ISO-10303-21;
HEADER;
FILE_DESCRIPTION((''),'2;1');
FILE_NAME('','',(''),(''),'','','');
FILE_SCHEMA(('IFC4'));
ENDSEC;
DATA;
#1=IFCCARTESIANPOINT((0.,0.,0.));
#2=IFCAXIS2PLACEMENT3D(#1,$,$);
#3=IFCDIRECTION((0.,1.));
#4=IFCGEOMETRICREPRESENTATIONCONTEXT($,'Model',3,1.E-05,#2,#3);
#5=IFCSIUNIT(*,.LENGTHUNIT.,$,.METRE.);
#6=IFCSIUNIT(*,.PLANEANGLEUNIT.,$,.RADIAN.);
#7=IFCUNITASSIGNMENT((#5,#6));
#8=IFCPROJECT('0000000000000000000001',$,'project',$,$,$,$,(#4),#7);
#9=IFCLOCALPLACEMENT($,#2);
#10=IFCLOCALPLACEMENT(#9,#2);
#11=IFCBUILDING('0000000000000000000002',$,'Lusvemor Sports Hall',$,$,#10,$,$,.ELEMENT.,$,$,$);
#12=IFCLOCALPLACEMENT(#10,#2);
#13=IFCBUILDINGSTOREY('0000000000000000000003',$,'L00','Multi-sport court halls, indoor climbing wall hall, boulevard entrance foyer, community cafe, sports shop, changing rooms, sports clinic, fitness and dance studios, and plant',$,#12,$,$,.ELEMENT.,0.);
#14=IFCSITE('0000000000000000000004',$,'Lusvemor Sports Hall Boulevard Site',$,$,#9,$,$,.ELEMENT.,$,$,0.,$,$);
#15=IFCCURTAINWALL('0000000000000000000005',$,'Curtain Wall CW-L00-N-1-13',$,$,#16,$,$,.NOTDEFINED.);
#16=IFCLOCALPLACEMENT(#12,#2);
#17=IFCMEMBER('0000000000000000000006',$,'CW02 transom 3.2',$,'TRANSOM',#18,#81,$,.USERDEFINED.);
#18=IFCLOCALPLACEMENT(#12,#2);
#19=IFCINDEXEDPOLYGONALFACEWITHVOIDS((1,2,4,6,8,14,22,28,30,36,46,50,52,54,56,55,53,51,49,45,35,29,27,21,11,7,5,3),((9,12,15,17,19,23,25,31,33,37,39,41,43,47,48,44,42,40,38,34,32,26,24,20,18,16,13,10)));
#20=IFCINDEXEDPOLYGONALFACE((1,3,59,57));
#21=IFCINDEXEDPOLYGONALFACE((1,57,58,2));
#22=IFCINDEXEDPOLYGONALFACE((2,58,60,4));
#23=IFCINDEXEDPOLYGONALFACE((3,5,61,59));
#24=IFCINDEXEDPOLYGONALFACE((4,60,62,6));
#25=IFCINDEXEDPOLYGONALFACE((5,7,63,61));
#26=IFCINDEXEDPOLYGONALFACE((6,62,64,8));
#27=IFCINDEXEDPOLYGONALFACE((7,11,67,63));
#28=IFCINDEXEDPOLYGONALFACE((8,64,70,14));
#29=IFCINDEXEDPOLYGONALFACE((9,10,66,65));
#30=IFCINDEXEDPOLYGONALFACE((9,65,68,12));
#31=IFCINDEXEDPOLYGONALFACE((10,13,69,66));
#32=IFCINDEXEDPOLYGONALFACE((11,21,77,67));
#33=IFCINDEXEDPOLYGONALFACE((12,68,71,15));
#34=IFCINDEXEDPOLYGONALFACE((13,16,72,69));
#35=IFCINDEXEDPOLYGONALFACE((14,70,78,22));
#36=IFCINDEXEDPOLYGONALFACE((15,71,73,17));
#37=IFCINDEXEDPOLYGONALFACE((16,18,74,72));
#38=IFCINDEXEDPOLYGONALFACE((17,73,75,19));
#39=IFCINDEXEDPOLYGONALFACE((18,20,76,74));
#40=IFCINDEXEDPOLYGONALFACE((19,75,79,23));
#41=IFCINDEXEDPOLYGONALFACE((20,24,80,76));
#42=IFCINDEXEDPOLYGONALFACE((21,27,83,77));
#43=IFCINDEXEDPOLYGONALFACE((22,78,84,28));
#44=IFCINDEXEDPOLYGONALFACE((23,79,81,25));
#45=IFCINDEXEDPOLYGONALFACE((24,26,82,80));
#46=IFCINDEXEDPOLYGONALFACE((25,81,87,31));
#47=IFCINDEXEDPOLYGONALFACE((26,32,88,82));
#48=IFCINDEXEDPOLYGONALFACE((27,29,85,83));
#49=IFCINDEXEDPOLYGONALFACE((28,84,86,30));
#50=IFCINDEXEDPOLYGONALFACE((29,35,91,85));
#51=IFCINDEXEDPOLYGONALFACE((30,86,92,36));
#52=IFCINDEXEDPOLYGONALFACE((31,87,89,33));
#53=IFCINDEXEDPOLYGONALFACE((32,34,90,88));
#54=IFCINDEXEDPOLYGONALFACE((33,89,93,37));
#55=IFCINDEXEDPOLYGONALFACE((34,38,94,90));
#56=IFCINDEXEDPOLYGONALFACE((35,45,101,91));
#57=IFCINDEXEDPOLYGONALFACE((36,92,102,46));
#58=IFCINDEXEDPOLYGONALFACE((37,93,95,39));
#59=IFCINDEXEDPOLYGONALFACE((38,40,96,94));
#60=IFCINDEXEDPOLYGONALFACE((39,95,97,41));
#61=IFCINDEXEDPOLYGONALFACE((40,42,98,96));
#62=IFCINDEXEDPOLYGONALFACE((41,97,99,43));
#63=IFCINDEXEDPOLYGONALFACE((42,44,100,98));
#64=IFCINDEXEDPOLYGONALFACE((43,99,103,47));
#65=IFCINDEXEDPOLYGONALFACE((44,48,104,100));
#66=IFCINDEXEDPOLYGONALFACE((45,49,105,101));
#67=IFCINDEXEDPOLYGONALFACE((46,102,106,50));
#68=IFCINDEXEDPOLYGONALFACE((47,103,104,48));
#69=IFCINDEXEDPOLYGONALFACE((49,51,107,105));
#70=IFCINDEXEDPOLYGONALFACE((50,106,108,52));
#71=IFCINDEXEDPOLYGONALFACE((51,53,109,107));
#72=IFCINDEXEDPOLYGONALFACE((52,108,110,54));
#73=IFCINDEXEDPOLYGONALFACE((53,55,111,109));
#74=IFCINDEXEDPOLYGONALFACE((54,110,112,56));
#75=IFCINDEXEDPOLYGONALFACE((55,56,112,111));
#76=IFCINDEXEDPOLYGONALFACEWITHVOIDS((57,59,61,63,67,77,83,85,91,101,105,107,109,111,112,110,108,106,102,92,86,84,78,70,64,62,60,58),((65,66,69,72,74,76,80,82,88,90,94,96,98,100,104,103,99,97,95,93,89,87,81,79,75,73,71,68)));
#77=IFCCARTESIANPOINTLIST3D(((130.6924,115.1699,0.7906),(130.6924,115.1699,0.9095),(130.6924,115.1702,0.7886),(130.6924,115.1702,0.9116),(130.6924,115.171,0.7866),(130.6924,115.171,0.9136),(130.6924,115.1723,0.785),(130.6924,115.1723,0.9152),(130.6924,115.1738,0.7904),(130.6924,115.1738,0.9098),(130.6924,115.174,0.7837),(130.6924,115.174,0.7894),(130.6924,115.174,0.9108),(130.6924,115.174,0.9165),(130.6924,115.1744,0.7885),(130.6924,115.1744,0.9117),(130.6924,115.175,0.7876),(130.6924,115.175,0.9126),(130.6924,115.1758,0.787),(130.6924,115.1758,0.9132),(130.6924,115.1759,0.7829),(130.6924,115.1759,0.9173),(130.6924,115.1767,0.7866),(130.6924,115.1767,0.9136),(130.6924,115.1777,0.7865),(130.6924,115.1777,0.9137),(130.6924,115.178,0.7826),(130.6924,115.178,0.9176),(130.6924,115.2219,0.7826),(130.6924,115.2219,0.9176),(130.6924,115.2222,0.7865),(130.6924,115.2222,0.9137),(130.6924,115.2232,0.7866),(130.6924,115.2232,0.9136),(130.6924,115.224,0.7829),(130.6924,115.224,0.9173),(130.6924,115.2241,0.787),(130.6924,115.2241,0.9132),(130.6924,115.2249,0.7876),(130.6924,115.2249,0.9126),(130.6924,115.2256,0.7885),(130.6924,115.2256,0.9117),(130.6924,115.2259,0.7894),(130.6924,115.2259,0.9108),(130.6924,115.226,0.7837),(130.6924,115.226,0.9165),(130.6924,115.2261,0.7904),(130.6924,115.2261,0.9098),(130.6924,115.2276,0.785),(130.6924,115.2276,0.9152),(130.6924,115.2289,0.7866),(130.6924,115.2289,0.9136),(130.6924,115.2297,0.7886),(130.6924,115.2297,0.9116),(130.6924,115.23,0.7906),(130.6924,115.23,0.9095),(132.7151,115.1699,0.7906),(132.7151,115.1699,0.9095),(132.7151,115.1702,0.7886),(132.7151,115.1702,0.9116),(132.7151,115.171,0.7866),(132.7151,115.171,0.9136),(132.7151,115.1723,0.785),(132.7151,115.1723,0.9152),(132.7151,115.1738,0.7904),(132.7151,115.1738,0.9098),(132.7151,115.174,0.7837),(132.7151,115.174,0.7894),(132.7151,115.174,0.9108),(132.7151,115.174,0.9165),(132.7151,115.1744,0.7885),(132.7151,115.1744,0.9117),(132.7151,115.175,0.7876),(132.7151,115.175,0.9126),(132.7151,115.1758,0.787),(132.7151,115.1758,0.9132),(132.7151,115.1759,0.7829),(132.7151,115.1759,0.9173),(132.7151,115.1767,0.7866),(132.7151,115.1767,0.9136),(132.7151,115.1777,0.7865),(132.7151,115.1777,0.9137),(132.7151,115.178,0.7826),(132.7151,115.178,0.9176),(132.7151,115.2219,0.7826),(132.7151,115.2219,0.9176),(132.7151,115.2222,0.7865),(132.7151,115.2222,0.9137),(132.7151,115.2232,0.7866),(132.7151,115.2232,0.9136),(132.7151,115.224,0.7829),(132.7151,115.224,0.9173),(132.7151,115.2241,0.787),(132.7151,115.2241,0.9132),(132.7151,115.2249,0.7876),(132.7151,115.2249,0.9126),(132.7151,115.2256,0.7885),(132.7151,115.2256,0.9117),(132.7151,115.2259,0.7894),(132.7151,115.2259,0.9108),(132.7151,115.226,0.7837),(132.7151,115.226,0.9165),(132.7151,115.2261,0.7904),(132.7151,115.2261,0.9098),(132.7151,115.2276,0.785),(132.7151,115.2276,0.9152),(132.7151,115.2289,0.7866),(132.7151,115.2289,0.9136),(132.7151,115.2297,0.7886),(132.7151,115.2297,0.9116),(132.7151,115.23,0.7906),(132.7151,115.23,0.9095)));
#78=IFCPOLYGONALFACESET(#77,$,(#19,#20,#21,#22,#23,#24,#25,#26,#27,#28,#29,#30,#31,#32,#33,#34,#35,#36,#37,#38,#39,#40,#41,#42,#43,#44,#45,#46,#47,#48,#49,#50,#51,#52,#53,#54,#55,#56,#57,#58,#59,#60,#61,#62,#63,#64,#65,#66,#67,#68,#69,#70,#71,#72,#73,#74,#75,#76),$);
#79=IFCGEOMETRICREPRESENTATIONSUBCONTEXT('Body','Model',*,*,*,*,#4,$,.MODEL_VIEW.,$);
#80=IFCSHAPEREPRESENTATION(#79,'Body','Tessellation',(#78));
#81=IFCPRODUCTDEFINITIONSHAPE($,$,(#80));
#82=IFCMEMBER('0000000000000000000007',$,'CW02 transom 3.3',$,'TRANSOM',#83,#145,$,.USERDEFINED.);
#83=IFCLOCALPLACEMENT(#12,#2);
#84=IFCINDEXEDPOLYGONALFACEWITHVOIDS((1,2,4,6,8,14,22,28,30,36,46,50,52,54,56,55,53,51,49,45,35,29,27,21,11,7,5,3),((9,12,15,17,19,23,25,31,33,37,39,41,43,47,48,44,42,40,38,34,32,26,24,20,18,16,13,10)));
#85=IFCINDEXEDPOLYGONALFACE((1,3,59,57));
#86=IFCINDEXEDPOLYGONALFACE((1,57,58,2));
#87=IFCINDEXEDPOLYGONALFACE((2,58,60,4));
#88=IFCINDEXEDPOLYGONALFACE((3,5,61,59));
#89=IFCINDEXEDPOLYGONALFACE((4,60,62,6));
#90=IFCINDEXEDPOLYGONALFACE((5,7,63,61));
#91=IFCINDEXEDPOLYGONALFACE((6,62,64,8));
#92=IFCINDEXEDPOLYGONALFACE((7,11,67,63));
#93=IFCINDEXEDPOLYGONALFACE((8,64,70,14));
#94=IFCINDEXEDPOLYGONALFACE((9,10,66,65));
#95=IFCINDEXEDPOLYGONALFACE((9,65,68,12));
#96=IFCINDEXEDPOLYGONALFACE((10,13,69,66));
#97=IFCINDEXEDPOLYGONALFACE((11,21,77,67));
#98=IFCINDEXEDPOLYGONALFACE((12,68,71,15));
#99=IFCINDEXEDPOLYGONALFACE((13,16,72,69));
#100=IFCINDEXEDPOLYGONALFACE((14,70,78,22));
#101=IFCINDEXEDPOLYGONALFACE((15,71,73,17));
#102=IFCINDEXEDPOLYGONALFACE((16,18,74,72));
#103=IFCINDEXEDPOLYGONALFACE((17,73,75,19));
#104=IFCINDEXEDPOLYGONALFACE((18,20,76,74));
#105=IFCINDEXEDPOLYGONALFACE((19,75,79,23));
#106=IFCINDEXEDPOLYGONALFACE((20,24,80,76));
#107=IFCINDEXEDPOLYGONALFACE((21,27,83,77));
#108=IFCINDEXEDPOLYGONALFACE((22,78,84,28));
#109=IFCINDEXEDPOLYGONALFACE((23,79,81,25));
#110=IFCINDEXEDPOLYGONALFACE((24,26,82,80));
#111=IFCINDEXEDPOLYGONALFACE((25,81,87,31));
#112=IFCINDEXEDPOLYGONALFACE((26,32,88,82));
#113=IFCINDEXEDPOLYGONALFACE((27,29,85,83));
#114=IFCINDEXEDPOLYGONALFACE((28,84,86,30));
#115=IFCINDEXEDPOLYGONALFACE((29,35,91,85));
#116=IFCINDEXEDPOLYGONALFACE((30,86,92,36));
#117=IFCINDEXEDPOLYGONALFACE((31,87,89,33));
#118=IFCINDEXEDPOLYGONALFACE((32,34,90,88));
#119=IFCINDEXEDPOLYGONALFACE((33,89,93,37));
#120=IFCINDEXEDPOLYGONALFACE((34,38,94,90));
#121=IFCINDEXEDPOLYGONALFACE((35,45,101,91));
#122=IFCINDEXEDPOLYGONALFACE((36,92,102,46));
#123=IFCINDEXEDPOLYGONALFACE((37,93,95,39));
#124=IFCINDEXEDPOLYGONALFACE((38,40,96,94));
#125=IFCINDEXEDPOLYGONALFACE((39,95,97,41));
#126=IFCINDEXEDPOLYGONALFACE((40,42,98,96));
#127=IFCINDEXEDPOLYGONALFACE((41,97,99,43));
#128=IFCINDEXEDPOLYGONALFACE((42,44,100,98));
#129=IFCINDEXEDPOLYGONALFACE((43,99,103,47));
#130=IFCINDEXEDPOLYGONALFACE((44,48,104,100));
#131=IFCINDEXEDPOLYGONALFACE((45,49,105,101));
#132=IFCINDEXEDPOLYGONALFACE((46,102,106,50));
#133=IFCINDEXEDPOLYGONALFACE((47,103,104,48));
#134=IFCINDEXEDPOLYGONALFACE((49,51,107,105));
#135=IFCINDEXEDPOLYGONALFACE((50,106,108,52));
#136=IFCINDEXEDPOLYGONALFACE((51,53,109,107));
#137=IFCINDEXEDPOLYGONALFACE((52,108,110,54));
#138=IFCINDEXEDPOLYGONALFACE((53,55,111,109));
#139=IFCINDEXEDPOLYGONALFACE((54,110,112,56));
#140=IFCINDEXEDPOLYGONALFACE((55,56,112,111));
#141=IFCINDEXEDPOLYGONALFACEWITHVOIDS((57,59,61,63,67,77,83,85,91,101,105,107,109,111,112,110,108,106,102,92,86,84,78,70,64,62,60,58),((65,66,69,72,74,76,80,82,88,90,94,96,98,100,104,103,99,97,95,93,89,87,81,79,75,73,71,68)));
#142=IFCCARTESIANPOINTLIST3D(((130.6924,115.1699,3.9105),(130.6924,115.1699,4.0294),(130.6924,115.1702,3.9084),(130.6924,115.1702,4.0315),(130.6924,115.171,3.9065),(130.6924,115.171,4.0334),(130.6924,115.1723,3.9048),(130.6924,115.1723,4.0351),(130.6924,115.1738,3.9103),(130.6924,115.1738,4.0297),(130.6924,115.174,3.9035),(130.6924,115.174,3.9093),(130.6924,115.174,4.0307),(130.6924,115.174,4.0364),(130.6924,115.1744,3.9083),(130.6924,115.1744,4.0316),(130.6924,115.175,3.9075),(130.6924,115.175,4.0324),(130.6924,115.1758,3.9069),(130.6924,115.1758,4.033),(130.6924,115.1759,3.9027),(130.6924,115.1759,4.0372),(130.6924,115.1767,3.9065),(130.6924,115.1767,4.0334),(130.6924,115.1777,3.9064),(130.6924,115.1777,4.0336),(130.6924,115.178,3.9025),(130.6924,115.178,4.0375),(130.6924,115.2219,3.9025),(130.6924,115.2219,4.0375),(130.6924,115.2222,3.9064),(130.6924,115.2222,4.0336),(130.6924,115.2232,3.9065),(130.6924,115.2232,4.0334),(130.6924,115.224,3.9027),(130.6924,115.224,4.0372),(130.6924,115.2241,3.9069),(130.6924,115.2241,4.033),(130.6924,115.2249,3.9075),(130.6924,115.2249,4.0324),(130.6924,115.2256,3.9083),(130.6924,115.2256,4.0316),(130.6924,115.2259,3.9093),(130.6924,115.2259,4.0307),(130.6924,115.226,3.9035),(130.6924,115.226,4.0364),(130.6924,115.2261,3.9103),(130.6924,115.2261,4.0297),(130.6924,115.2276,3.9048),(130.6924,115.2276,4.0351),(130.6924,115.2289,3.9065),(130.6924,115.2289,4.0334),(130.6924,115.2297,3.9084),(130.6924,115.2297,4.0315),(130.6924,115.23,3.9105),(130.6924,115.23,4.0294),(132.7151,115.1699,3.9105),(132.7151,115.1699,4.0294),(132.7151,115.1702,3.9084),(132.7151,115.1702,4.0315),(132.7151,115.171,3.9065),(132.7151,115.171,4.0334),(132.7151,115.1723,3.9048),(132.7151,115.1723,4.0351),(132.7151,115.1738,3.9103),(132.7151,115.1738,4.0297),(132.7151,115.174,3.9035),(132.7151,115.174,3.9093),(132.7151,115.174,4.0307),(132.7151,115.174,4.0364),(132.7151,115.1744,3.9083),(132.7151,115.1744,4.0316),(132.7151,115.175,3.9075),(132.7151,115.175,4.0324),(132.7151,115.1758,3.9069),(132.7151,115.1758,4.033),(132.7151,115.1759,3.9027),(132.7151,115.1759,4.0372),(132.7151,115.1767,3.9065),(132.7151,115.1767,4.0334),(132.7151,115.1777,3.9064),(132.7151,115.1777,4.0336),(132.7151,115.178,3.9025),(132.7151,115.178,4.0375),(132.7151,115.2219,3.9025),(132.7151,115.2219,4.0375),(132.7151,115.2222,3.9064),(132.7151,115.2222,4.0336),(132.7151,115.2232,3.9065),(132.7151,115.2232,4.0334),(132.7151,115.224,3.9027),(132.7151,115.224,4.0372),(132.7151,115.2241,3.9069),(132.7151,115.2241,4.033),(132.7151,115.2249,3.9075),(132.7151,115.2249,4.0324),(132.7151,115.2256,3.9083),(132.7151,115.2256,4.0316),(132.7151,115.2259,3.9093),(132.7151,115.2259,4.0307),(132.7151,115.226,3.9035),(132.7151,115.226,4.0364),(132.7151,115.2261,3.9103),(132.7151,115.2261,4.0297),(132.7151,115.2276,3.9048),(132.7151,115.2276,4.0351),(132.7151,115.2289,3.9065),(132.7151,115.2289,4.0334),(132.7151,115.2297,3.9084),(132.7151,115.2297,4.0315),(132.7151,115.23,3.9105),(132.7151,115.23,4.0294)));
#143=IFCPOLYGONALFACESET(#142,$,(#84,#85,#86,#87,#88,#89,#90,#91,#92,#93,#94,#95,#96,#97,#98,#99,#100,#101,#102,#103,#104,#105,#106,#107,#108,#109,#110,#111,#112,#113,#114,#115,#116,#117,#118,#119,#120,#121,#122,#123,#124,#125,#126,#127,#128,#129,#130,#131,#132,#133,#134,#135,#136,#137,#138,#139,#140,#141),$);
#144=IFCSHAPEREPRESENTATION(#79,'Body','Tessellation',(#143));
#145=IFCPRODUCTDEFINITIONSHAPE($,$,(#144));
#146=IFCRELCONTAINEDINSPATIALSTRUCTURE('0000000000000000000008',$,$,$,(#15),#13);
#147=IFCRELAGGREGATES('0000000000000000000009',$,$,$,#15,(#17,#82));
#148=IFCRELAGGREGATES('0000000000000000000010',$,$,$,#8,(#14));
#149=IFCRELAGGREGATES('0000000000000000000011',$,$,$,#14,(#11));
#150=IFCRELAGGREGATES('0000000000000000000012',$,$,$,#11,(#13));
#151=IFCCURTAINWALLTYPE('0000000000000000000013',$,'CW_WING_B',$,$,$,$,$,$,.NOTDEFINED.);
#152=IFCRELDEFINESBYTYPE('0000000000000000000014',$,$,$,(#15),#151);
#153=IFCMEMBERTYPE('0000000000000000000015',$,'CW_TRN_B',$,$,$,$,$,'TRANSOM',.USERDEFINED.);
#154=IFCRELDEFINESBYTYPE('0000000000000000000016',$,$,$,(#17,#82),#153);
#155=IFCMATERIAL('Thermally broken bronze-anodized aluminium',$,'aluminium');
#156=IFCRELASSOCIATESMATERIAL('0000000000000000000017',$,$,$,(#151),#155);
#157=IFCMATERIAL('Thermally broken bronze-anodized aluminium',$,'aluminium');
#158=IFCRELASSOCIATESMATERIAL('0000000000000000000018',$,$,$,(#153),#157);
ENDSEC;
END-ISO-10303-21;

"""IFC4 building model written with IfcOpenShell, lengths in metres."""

from ifc_helpers import new_model, si_unit, direction, frame, origin, origin_2d, place, context, subcontext, project, spatial, hollow_rectangle, extrude, material, material_profile, profile_set, type_object, element, aggregate, save


model = new_model("IFC4")

# Units and contexts
model_context = context("Model", 3, precision=1e-05, world=origin(), true_north=direction((0.0, 1.0)))
body_context = subcontext(model_context, "Body", "Model", "MODEL_VIEW")
ifc_project = project(units=[si_unit("LENGTHUNIT", "METRE"), si_unit("PLANEANGLEUNIT", "RADIAN")], contexts=[model_context])

# Site, building, storey
site_placement = place(None, origin())
site = spatial("IfcSite", under=ifc_project, at=site_placement, Name="Lusvemor Sports Hall Boulevard Site", CompositionType="ELEMENT", RefElevation=0.0)
building_placement = place(site_placement, origin())
building = spatial("IfcBuilding", under=site, at=building_placement, Name="Lusvemor Sports Hall", CompositionType="ELEMENT")
storey_placement = place(building_placement, origin())
storey = spatial("IfcBuildingStorey", under=building, at=storey_placement, Name="L00", Description="Multi-sport court halls, indoor climbing wall hall, boulevard entrance foyer, community cafe, sports shop, changing rooms, sports clinic, fitness and dance studios, and plant", CompositionType="ELEMENT", Elevation=0.0)

# Curtain wall, members
ifc_material_1 = material(Name="Thermally broken bronze-anodized aluminium", Category="aluminium")
curtain_wall_type = type_object("IfcCurtainWallType", Name="CW_WING_B", PredefinedType="NOTDEFINED", material=ifc_material_1)
curtain_wall_placement = place(storey_placement, origin())
curtain_wall = element("IfcCurtainWall", 1, at=curtain_wall_placement, inside=storey, type_object=curtain_wall_type, Name="Curtain Wall CW-L00-N-1-13", PredefinedType="NOTDEFINED")
ifc_material_2 = material(Name="Thermally broken bronze-anodized aluminium", Category="aluminium")
ifc_material_profile_1 = material_profile(ifc_material_2, hollow_rectangle(XDim=0.0601, YDim=0.135, WallThickness=0.0039, InnerFilletRadius=0.0039, OuterFilletRadius=0.0081, at=origin_2d()), Name="CWTRN135x60x4")
ifc_profile_set_1 = profile_set([ifc_material_profile_1], Name="Thermally broken bronze-anodized aluminium")
member_type_1 = type_object("IfcMemberType", Name="CW_TRN_B", ElementType="TRANSOM", PredefinedType="USERDEFINED", material=ifc_profile_set_1)
member_1_placement = place(storey_placement, frame((130.6924, 115.2, 0.8501), z_axis=(1.0, 0.0, 0.0), x_axis=(0.0, 1.0, 0.0)))
member_1 = element("IfcMember", 2, at=member_1_placement, type_object=member_type_1, Name="CW02 transom 3.2", ObjectType="TRANSOM", PredefinedType="USERDEFINED", context=body_context, shape_type="SweptSolid", body=[
    extrude(hollow_rectangle(XDim=0.0601, YDim=0.135, WallThickness=0.0039, InnerFilletRadius=0.0039, OuterFilletRadius=0.0081, at=origin_2d()), origin(), (0.0, 0.0, 1.0), 2.0227),
])
member_2_placement = place(storey_placement, frame((130.6924, 115.2, 3.97), z_axis=(1.0, 0.0, 0.0), x_axis=(0.0, 1.0, 0.0)))
member_2 = element("IfcMember", 3, at=member_2_placement, type_object=member_type_1, Name="CW02 transom 3.3", ObjectType="TRANSOM", PredefinedType="USERDEFINED", context=body_context, shape_type="SweptSolid", body=[
    extrude(hollow_rectangle(XDim=0.0601, YDim=0.135, WallThickness=0.0039, InnerFilletRadius=0.0039, OuterFilletRadius=0.0081, at=origin_2d()), origin(), (0.0, 0.0, 1.0), 2.0227),
])
aggregate(curtain_wall, [member_1, member_2])

save(model, "model.ifc")
